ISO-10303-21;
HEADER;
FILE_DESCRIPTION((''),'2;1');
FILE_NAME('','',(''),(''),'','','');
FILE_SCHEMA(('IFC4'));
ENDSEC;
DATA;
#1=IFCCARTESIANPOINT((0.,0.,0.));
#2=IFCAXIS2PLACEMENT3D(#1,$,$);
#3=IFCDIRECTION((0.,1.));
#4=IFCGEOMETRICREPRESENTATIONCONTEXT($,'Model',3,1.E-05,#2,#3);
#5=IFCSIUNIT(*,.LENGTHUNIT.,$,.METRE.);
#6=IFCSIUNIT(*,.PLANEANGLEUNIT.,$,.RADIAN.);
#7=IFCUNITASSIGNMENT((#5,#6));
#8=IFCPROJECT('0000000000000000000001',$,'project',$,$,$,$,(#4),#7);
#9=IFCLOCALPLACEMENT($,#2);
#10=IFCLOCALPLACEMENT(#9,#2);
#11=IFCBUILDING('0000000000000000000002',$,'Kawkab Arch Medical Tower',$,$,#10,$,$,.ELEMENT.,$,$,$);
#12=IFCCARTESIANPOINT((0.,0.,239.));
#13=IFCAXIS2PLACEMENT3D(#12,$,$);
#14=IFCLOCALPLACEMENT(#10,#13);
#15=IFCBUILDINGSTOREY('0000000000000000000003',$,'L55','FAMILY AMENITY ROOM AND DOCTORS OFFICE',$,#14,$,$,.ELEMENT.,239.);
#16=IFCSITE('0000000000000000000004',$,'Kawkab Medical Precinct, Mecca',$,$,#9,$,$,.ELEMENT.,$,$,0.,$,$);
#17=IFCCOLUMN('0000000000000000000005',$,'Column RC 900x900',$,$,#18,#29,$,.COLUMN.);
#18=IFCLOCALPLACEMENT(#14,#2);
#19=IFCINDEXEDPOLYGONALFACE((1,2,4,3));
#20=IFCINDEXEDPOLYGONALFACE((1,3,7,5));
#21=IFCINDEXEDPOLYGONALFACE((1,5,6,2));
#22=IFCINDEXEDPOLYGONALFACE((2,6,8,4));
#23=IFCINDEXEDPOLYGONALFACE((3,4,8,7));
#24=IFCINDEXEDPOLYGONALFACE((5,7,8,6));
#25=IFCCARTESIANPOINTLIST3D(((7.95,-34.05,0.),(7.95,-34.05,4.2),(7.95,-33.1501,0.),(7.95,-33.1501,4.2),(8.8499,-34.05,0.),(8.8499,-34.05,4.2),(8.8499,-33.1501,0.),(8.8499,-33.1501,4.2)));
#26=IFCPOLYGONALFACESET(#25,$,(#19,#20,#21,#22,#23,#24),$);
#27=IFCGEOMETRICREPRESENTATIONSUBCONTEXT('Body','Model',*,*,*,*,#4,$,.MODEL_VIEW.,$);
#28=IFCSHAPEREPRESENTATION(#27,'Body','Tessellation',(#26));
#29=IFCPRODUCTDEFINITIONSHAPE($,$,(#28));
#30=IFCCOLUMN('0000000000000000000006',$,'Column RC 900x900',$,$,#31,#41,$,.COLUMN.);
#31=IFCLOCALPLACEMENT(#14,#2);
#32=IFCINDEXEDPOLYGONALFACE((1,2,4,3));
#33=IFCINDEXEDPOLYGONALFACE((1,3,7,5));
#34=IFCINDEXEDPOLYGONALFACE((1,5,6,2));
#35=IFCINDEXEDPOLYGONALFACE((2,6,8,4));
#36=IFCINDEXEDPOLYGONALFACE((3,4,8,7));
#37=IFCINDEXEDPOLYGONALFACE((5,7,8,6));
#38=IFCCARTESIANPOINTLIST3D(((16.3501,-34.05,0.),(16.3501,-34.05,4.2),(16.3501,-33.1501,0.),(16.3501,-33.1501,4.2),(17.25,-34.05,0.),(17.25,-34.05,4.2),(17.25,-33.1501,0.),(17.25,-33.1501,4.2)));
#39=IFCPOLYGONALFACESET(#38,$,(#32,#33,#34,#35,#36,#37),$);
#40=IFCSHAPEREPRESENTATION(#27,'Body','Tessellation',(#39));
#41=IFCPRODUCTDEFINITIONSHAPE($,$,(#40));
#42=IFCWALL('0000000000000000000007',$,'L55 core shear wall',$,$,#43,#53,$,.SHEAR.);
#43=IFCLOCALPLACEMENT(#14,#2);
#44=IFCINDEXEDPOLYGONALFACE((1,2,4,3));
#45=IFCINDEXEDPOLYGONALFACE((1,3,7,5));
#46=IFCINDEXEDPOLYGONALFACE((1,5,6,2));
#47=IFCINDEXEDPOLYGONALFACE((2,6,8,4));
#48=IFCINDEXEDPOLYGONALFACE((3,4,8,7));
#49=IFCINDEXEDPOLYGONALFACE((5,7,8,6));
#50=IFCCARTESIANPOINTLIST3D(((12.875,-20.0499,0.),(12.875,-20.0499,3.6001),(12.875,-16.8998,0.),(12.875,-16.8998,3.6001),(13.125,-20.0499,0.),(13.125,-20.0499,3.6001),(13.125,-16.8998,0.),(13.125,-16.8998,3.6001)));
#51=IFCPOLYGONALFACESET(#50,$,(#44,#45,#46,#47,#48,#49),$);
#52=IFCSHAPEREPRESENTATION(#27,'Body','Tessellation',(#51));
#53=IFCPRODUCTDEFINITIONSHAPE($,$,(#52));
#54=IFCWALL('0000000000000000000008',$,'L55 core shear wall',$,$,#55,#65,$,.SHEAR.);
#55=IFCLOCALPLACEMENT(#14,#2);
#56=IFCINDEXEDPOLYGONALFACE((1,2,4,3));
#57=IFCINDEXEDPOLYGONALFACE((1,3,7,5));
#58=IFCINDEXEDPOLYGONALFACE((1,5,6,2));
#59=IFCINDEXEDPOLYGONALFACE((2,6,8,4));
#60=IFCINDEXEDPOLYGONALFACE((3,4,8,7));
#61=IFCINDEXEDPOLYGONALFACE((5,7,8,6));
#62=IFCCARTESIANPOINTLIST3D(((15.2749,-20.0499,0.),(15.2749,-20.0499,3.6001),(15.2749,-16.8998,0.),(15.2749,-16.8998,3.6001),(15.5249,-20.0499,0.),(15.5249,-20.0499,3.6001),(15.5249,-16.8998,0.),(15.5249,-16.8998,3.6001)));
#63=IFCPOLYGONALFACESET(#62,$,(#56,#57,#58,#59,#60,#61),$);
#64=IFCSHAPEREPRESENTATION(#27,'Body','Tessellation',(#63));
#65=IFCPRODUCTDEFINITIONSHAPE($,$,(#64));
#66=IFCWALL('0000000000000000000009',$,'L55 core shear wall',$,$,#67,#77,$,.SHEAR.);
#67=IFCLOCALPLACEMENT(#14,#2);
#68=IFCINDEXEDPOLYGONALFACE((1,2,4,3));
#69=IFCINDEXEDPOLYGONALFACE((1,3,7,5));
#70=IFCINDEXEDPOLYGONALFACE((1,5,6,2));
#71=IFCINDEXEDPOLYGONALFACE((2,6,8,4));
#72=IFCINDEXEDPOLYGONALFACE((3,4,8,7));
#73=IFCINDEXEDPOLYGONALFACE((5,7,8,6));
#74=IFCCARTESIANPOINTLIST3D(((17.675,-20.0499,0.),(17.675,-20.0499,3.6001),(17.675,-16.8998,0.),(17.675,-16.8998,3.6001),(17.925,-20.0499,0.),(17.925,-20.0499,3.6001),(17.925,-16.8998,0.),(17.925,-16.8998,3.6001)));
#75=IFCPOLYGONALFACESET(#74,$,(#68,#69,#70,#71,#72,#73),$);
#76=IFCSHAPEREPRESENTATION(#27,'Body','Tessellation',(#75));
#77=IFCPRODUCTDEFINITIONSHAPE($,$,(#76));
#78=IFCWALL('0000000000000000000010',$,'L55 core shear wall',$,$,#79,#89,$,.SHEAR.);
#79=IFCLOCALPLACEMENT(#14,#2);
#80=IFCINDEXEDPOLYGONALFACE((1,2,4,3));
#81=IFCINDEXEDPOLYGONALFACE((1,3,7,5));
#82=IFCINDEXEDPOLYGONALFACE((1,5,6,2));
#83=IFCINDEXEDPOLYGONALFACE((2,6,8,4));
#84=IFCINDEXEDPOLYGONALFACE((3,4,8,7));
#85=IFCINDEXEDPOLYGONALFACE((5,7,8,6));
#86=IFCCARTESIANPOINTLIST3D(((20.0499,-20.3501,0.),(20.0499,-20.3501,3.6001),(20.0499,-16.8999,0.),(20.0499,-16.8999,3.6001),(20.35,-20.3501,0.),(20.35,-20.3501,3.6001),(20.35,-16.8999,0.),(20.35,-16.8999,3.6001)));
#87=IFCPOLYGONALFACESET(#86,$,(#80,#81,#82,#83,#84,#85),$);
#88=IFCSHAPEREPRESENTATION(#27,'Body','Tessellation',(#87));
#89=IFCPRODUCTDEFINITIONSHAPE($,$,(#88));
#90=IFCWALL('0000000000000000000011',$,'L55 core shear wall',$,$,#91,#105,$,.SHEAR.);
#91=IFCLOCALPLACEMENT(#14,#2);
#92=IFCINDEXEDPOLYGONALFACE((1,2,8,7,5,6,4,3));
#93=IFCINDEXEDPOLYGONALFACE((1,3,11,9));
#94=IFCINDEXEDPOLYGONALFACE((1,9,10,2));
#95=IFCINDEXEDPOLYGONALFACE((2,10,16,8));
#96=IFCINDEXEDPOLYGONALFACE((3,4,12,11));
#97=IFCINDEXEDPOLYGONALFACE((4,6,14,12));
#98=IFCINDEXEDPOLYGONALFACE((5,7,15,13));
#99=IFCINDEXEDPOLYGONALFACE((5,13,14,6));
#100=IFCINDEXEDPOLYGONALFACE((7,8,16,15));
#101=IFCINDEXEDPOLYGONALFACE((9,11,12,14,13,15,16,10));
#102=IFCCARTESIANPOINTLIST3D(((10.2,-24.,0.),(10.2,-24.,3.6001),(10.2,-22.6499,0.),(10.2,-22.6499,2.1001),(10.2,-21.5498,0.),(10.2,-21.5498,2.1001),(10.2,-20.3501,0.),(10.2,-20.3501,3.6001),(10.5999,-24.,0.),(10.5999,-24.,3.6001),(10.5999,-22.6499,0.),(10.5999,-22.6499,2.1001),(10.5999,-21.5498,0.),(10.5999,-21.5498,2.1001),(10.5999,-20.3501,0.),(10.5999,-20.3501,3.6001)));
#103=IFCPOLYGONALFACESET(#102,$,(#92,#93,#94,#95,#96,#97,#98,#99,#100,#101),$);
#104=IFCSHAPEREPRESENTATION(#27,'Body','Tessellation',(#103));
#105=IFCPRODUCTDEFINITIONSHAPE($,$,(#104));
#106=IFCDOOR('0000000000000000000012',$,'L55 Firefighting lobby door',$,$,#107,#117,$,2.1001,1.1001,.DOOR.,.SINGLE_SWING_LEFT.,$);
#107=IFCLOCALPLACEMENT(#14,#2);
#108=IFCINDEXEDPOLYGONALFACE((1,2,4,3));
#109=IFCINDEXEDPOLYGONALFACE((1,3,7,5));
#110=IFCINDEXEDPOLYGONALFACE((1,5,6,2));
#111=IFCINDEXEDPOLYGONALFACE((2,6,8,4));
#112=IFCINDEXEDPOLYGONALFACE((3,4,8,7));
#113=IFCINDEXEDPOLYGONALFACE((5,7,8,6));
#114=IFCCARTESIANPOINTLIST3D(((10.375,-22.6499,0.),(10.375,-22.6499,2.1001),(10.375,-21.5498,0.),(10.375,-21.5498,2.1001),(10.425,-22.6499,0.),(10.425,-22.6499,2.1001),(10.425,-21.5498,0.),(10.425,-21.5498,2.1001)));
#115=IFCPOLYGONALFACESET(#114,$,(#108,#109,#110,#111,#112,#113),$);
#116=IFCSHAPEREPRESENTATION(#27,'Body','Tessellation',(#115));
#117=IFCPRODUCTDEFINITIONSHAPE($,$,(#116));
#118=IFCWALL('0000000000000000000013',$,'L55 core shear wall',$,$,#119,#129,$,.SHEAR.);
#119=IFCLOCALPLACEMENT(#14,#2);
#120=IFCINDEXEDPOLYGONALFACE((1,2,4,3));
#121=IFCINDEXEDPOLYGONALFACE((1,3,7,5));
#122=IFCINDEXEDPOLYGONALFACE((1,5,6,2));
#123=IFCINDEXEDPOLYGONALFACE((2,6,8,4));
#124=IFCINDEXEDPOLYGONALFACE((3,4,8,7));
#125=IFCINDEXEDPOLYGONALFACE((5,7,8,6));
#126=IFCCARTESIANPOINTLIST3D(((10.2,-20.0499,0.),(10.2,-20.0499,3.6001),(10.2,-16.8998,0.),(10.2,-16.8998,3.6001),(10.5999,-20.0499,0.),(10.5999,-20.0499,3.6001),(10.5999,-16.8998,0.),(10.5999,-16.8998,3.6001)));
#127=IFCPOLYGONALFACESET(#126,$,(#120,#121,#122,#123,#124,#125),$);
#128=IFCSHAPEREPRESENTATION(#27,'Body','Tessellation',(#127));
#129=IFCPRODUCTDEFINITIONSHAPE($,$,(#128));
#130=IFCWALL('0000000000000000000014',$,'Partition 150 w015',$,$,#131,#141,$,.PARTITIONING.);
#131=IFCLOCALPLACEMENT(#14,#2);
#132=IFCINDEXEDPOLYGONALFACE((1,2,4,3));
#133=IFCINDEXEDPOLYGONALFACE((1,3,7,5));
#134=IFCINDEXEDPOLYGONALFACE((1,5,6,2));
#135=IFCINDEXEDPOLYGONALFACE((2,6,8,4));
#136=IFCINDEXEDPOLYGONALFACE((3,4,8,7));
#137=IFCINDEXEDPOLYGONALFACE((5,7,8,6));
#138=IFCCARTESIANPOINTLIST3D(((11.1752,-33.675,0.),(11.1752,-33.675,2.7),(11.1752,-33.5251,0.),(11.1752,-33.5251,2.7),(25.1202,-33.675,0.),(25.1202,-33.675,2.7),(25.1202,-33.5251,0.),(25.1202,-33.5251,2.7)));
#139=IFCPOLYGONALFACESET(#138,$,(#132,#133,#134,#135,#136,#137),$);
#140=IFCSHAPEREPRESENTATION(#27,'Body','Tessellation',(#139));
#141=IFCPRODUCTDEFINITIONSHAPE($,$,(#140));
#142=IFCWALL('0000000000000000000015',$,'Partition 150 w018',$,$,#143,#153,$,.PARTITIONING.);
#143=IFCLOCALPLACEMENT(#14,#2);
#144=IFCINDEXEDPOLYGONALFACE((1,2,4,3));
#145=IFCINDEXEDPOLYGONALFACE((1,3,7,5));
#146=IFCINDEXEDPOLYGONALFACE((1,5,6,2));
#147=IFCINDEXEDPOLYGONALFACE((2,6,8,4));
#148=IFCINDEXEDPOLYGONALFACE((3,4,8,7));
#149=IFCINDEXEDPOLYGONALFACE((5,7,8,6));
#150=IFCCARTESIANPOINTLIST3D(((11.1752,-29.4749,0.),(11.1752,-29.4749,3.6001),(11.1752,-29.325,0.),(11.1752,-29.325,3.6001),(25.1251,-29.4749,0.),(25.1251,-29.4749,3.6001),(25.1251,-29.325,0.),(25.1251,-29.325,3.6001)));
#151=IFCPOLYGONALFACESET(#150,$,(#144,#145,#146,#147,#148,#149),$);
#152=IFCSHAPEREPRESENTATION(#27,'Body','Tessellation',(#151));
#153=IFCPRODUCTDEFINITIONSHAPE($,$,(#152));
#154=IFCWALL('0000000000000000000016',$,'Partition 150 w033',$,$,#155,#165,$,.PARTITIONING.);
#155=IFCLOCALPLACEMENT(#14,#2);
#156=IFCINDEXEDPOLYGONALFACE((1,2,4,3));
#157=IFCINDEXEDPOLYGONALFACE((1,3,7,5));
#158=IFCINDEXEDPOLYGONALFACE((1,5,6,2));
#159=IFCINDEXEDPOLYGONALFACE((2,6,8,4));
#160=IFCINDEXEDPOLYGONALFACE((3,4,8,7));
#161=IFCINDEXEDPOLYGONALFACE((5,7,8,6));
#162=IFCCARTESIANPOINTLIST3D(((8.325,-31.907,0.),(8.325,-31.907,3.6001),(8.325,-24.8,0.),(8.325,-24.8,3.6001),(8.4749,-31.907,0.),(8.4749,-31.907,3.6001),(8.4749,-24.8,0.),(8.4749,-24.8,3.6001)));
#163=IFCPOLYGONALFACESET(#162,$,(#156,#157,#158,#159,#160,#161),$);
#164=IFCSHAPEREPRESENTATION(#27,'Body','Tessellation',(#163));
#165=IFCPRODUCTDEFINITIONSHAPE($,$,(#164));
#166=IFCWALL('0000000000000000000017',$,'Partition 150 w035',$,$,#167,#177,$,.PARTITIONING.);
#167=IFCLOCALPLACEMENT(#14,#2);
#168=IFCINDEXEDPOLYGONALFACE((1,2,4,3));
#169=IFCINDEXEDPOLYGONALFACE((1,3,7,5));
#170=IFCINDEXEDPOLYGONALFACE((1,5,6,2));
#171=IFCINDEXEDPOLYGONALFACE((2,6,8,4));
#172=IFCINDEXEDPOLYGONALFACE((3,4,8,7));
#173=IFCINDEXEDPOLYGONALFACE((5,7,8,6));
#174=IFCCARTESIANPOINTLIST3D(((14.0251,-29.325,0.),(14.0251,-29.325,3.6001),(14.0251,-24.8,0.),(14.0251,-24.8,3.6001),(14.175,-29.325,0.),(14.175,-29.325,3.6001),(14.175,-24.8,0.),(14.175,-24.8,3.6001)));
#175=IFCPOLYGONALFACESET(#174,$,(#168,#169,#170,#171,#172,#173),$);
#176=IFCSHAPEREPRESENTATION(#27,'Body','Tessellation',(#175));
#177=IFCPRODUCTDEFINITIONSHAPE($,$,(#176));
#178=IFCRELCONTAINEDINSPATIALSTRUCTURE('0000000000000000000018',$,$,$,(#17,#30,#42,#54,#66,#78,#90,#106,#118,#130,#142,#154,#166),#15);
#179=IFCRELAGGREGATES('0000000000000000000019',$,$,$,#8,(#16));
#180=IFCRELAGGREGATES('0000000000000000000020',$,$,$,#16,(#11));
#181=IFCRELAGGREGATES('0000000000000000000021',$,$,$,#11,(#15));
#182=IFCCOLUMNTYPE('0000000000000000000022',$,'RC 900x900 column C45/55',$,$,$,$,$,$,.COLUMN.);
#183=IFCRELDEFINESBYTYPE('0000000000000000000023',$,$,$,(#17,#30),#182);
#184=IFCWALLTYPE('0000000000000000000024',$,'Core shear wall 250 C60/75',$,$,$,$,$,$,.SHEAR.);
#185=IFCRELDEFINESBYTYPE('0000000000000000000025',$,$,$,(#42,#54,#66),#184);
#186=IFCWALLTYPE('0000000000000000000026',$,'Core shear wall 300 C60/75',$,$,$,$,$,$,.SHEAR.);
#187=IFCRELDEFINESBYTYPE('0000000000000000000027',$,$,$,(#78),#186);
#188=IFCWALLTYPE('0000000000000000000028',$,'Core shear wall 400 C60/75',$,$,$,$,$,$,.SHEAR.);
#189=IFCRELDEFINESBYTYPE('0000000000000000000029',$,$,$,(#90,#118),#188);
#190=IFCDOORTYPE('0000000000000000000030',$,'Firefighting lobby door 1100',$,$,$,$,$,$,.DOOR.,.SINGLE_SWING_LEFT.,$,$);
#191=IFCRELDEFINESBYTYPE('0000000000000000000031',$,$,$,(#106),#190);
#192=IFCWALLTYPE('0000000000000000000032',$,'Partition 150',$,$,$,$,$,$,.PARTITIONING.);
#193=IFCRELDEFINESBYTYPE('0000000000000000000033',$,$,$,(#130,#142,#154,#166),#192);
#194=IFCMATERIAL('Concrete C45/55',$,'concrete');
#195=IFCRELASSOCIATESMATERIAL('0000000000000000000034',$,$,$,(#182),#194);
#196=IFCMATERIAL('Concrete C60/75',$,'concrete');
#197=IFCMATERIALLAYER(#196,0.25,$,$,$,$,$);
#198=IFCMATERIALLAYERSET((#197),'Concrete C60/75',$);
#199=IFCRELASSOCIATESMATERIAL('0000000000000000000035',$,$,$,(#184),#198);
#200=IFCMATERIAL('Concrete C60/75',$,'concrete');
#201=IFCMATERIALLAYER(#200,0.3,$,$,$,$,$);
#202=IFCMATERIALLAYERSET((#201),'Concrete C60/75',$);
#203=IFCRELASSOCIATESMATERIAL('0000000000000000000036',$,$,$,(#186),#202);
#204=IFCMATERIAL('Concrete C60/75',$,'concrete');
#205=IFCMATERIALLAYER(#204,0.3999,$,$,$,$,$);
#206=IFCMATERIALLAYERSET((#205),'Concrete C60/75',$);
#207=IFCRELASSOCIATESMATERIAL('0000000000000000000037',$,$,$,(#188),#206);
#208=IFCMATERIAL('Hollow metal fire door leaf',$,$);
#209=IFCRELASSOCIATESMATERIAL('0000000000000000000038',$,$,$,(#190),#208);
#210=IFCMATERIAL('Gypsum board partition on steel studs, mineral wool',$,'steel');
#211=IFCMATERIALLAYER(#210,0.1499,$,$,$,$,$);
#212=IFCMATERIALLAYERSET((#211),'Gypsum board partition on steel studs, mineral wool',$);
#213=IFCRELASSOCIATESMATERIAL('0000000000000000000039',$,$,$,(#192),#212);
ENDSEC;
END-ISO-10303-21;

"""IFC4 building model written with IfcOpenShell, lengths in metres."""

from ifc_helpers import new_model, si_unit, direction, frame, frame_2d, origin, origin_2d, place, context, subcontext, project, spatial, rectangle, extrude, material, layer, layer_set, material_profile, profile_set, type_object, element, fill, save


model = new_model("IFC4")

# Units and contexts
model_context = context("Model", 3, precision=1e-05, world=origin(), true_north=direction((0.0, 1.0)))
body_context = subcontext(model_context, "Body", "Model", "MODEL_VIEW")
ifc_project = project(units=[si_unit("LENGTHUNIT", "METRE"), si_unit("PLANEANGLEUNIT", "RADIAN")], contexts=[model_context])

# Site, building, storey
site_placement = place(None, origin())
site = spatial("IfcSite", under=ifc_project, at=site_placement, Name="Kawkab Medical Precinct, Mecca", CompositionType="ELEMENT", RefElevation=0.0)
building_placement = place(site_placement, origin())
building = spatial("IfcBuilding", under=site, at=building_placement, Name="Kawkab Arch Medical Tower", CompositionType="ELEMENT")
storey_placement = place(building_placement, frame((0.0, 0.0, 239.0)))
storey = spatial("IfcBuildingStorey", under=building, at=storey_placement, Name="L55", Description="FAMILY AMENITY ROOM AND DOCTORS OFFICE", CompositionType="ELEMENT", Elevation=239.0)

# Columns
ifc_material_1 = material(Name="Concrete C45/55", Category="concrete")
ifc_material_profile = material_profile(ifc_material_1, rectangle(XDim=0.8999, YDim=0.8999, at=origin_2d()), Name="RC 900x900")
ifc_profile_set = profile_set([ifc_material_profile], Name="Concrete C45/55")
column_type = type_object("IfcColumnType", Name="RC 900x900 column C45/55", PredefinedType="COLUMN", material=ifc_profile_set)
for number, where, z_axis, x_axis, name in (
    (1, (8.3999, -33.6001, 0.0), (0.0, 0.0, 1.0), (1.0, 0.0, 0.0), "Column RC 900x900"),
    (2, (16.8, -33.6001, 0.0), (0.0, 0.0, 1.0), (1.0, 0.0, 0.0), "Column RC 900x900"),
):
    element("IfcColumn", number, at=place(storey_placement, frame(where, z_axis=z_axis, x_axis=x_axis)), inside=storey, type_object=column_type, Name=name, PredefinedType="COLUMN", context=body_context, shape_type="SweptSolid", body=[
        extrude(rectangle(XDim=0.8999, YDim=0.8999, at=origin_2d()), origin(), (0.0, 0.0, 1.0), 4.2),
    ])

# Walls
ifc_material_2 = material(Name="Concrete C60/75", Category="concrete")
ifc_layer_1 = layer(ifc_material_2, 0.25)
ifc_layer_set_1 = layer_set([ifc_layer_1], Name="Concrete C60/75")
wall_type_1 = type_object("IfcWallType", Name="Core shear wall 250 C60/75", PredefinedType="SHEAR", material=ifc_layer_set_1)
for number, where, z_axis, x_axis, name in (
    (3, (13.0, -20.05, 0.0), (0.0, 0.0, 1.0), (0.0, 1.0, 0.0), "L55 core shear wall"),
    (4, (15.3999, -20.05, 0.0), (0.0, 0.0, 1.0), (0.0, 1.0, 0.0), "L55 core shear wall"),
    (5, (17.8, -20.05, 0.0), (0.0, 0.0, 1.0), (0.0, 1.0, 0.0), "L55 core shear wall"),
):
    element("IfcWall", number, at=place(storey_placement, frame(where, z_axis=z_axis, x_axis=x_axis)), inside=storey, type_object=wall_type_1, Name=name, PredefinedType="SHEAR", context=body_context, shape_type="SweptSolid", body=[
        extrude(rectangle(XDim=3.1501, YDim=0.25, at=frame_2d((1.5752, 0.0))), origin(), (0.0, 0.0, 1.0), 3.6001),
    ])
ifc_material_3 = material(Name="Concrete C60/75", Category="concrete")
ifc_layer_2 = layer(ifc_material_3, 0.3)
ifc_layer_set_2 = layer_set([ifc_layer_2], Name="Concrete C60/75")
wall_type_2 = type_object("IfcWallType", Name="Core shear wall 300 C60/75", PredefinedType="SHEAR", material=ifc_layer_set_2)
wall_1_placement = place(storey_placement, frame((20.2, -20.3501, 0.0), z_axis=(0.0, 0.0, 1.0), x_axis=(0.0, 1.0, 0.0)))
element("IfcWall", 6, at=wall_1_placement, inside=storey, type_object=wall_type_2, Name="L55 core shear wall", PredefinedType="SHEAR", context=body_context, shape_type="SweptSolid", body=[
    extrude(rectangle(XDim=3.4502, YDim=0.3, at=frame_2d((1.7251, 0.0))), origin(), (0.0, 0.0, 1.0), 3.6001),
])

# Wall, opening, door
ifc_material_4 = material(Name="Concrete C60/75", Category="concrete")
ifc_layer_3 = layer(ifc_material_4, 0.3999)
ifc_layer_set_3 = layer_set([ifc_layer_3], Name="Concrete C60/75")
wall_type_3 = type_object("IfcWallType", Name="Core shear wall 400 C60/75", PredefinedType="SHEAR", material=ifc_layer_set_3)
wall_2_placement = place(storey_placement, frame((10.3999, -24.0, 0.0), z_axis=(0.0, 0.0, 1.0), x_axis=(0.0, 1.0, 0.0)))
wall_2 = element("IfcWall", 7, at=wall_2_placement, inside=storey, type_object=wall_type_3, Name="L55 core shear wall", PredefinedType="SHEAR", context=body_context, shape_type="SweptSolid", body=[
    extrude(rectangle(XDim=3.6499, YDim=0.3999, at=frame_2d((1.825, 0.0))), origin(), (0.0, 0.0, 1.0), 3.6001),
])
opening_placement = place(wall_2_placement, frame((1.3501, 0.0, 0.0)))
opening = element("IfcOpeningElement", 8, at=opening_placement, cuts=wall_2, PredefinedType="OPENING", context=body_context, shape_type="SweptSolid", body=[
    extrude(rectangle(XDim=1.1001, YDim=2.1001, at=frame_2d((0.55, 1.05))), frame((0.0, 0.21, 0.0), z_axis=(0.0, -1.0, 0.0), x_axis=(1.0, 0.0, 0.0)), (0.0, 0.0, 1.0), 0.4199),
])
ifc_material_5 = material(Name="Hollow metal fire door leaf")
door_type = type_object("IfcDoorType", Name="Firefighting lobby door 1100", OperationType="SINGLE_SWING_LEFT", PredefinedType="DOOR", material=ifc_material_5)
door_placement = place(opening_placement, origin())
door = element("IfcDoor", 9, at=door_placement, inside=storey, type_object=door_type, Name="L55 Firefighting lobby door", OperationType="SINGLE_SWING_LEFT", OverallHeight=2.1001, OverallWidth=1.1001, PredefinedType="DOOR", context=body_context, shape_type="SweptSolid", body=[
    extrude(rectangle(XDim=1.1001, YDim=2.1001, at=frame_2d((0.55, 1.05))), frame((0.0, 0.0249, 0.0), z_axis=(0.0, -1.0, 0.0), x_axis=(1.0, 0.0, 0.0)), (0.0, 0.0, 1.0), 0.05),
])
fill(opening, door)

# Walls
wall_3_placement = place(storey_placement, frame((10.3999, -20.05, 0.0), z_axis=(0.0, 0.0, 1.0), x_axis=(0.0, 1.0, 0.0)))
element("IfcWall", 10, at=wall_3_placement, inside=storey, type_object=wall_type_3, Name="L55 core shear wall", PredefinedType="SHEAR", context=body_context, shape_type="SweptSolid", body=[
    extrude(rectangle(XDim=3.1501, YDim=0.3999, at=frame_2d((1.5752, 0.0))), origin(), (0.0, 0.0, 1.0), 3.6001),
])
ifc_material_6 = material(Name="Gypsum board partition on steel studs, mineral wool", Category="steel")
ifc_layer_4 = layer(ifc_material_6, 0.1499)
ifc_layer_set_4 = layer_set([ifc_layer_4], Name="Gypsum board partition on steel studs, mineral wool")
wall_type_4 = type_object("IfcWallType", Name="Partition 150", PredefinedType="PARTITIONING", material=ifc_layer_set_4)
wall_4_placement = place(storey_placement, frame((11.175, -33.6001, 0.0), z_axis=(0.0, 0.0, 1.0), x_axis=(1.0, 0.0, 0.0)))
element("IfcWall", 11, at=wall_4_placement, inside=storey, type_object=wall_type_4, Name="Partition 150 w015", PredefinedType="PARTITIONING", context=body_context, shape_type="SweptSolid", body=[
    extrude(rectangle(XDim=13.9451, YDim=0.1499, at=frame_2d((6.9727, 0.0))), origin(), (0.0, 0.0, 1.0), 2.7),
])
wall_5_placement = place(storey_placement, frame((11.175, -29.3999, 0.0), z_axis=(0.0, 0.0, 1.0), x_axis=(1.0, 0.0, 0.0)))
element("IfcWall", 12, at=wall_5_placement, inside=storey, type_object=wall_type_4, Name="Partition 150 w018", PredefinedType="PARTITIONING", context=body_context, shape_type="SweptSolid", body=[
    extrude(rectangle(XDim=13.95, YDim=0.1499, at=frame_2d((6.9751, 0.0))), origin(), (0.0, 0.0, 1.0), 3.6001),
])
wall_6_placement = place(storey_placement, frame((8.3999, -31.907, 0.0), z_axis=(0.0, 0.0, 1.0), x_axis=(0.0, 1.0, 0.0)))
element("IfcWall", 13, at=wall_6_placement, inside=storey, type_object=wall_type_4, Name="Partition 150 w033", PredefinedType="PARTITIONING", context=body_context, shape_type="SweptSolid", body=[
    extrude(rectangle(XDim=7.1069, YDim=0.1499, at=frame_2d((3.5535, 0.0))), origin(), (0.0, 0.0, 1.0), 3.6001),
])
wall_7_placement = place(storey_placement, frame((14.1001, -29.325, 0.0), z_axis=(0.0, 0.0, 1.0), x_axis=(0.0, 1.0, 0.0)))
element("IfcWall", 14, at=wall_7_placement, inside=storey, type_object=wall_type_4, Name="Partition 150 w035", PredefinedType="PARTITIONING", context=body_context, shape_type="SweptSolid", body=[
    extrude(rectangle(XDim=4.5249, YDim=0.1499, at=frame_2d((2.2625, 0.0))), origin(), (0.0, 0.0, 1.0), 3.6001),
])

save(model, "model.ifc")
